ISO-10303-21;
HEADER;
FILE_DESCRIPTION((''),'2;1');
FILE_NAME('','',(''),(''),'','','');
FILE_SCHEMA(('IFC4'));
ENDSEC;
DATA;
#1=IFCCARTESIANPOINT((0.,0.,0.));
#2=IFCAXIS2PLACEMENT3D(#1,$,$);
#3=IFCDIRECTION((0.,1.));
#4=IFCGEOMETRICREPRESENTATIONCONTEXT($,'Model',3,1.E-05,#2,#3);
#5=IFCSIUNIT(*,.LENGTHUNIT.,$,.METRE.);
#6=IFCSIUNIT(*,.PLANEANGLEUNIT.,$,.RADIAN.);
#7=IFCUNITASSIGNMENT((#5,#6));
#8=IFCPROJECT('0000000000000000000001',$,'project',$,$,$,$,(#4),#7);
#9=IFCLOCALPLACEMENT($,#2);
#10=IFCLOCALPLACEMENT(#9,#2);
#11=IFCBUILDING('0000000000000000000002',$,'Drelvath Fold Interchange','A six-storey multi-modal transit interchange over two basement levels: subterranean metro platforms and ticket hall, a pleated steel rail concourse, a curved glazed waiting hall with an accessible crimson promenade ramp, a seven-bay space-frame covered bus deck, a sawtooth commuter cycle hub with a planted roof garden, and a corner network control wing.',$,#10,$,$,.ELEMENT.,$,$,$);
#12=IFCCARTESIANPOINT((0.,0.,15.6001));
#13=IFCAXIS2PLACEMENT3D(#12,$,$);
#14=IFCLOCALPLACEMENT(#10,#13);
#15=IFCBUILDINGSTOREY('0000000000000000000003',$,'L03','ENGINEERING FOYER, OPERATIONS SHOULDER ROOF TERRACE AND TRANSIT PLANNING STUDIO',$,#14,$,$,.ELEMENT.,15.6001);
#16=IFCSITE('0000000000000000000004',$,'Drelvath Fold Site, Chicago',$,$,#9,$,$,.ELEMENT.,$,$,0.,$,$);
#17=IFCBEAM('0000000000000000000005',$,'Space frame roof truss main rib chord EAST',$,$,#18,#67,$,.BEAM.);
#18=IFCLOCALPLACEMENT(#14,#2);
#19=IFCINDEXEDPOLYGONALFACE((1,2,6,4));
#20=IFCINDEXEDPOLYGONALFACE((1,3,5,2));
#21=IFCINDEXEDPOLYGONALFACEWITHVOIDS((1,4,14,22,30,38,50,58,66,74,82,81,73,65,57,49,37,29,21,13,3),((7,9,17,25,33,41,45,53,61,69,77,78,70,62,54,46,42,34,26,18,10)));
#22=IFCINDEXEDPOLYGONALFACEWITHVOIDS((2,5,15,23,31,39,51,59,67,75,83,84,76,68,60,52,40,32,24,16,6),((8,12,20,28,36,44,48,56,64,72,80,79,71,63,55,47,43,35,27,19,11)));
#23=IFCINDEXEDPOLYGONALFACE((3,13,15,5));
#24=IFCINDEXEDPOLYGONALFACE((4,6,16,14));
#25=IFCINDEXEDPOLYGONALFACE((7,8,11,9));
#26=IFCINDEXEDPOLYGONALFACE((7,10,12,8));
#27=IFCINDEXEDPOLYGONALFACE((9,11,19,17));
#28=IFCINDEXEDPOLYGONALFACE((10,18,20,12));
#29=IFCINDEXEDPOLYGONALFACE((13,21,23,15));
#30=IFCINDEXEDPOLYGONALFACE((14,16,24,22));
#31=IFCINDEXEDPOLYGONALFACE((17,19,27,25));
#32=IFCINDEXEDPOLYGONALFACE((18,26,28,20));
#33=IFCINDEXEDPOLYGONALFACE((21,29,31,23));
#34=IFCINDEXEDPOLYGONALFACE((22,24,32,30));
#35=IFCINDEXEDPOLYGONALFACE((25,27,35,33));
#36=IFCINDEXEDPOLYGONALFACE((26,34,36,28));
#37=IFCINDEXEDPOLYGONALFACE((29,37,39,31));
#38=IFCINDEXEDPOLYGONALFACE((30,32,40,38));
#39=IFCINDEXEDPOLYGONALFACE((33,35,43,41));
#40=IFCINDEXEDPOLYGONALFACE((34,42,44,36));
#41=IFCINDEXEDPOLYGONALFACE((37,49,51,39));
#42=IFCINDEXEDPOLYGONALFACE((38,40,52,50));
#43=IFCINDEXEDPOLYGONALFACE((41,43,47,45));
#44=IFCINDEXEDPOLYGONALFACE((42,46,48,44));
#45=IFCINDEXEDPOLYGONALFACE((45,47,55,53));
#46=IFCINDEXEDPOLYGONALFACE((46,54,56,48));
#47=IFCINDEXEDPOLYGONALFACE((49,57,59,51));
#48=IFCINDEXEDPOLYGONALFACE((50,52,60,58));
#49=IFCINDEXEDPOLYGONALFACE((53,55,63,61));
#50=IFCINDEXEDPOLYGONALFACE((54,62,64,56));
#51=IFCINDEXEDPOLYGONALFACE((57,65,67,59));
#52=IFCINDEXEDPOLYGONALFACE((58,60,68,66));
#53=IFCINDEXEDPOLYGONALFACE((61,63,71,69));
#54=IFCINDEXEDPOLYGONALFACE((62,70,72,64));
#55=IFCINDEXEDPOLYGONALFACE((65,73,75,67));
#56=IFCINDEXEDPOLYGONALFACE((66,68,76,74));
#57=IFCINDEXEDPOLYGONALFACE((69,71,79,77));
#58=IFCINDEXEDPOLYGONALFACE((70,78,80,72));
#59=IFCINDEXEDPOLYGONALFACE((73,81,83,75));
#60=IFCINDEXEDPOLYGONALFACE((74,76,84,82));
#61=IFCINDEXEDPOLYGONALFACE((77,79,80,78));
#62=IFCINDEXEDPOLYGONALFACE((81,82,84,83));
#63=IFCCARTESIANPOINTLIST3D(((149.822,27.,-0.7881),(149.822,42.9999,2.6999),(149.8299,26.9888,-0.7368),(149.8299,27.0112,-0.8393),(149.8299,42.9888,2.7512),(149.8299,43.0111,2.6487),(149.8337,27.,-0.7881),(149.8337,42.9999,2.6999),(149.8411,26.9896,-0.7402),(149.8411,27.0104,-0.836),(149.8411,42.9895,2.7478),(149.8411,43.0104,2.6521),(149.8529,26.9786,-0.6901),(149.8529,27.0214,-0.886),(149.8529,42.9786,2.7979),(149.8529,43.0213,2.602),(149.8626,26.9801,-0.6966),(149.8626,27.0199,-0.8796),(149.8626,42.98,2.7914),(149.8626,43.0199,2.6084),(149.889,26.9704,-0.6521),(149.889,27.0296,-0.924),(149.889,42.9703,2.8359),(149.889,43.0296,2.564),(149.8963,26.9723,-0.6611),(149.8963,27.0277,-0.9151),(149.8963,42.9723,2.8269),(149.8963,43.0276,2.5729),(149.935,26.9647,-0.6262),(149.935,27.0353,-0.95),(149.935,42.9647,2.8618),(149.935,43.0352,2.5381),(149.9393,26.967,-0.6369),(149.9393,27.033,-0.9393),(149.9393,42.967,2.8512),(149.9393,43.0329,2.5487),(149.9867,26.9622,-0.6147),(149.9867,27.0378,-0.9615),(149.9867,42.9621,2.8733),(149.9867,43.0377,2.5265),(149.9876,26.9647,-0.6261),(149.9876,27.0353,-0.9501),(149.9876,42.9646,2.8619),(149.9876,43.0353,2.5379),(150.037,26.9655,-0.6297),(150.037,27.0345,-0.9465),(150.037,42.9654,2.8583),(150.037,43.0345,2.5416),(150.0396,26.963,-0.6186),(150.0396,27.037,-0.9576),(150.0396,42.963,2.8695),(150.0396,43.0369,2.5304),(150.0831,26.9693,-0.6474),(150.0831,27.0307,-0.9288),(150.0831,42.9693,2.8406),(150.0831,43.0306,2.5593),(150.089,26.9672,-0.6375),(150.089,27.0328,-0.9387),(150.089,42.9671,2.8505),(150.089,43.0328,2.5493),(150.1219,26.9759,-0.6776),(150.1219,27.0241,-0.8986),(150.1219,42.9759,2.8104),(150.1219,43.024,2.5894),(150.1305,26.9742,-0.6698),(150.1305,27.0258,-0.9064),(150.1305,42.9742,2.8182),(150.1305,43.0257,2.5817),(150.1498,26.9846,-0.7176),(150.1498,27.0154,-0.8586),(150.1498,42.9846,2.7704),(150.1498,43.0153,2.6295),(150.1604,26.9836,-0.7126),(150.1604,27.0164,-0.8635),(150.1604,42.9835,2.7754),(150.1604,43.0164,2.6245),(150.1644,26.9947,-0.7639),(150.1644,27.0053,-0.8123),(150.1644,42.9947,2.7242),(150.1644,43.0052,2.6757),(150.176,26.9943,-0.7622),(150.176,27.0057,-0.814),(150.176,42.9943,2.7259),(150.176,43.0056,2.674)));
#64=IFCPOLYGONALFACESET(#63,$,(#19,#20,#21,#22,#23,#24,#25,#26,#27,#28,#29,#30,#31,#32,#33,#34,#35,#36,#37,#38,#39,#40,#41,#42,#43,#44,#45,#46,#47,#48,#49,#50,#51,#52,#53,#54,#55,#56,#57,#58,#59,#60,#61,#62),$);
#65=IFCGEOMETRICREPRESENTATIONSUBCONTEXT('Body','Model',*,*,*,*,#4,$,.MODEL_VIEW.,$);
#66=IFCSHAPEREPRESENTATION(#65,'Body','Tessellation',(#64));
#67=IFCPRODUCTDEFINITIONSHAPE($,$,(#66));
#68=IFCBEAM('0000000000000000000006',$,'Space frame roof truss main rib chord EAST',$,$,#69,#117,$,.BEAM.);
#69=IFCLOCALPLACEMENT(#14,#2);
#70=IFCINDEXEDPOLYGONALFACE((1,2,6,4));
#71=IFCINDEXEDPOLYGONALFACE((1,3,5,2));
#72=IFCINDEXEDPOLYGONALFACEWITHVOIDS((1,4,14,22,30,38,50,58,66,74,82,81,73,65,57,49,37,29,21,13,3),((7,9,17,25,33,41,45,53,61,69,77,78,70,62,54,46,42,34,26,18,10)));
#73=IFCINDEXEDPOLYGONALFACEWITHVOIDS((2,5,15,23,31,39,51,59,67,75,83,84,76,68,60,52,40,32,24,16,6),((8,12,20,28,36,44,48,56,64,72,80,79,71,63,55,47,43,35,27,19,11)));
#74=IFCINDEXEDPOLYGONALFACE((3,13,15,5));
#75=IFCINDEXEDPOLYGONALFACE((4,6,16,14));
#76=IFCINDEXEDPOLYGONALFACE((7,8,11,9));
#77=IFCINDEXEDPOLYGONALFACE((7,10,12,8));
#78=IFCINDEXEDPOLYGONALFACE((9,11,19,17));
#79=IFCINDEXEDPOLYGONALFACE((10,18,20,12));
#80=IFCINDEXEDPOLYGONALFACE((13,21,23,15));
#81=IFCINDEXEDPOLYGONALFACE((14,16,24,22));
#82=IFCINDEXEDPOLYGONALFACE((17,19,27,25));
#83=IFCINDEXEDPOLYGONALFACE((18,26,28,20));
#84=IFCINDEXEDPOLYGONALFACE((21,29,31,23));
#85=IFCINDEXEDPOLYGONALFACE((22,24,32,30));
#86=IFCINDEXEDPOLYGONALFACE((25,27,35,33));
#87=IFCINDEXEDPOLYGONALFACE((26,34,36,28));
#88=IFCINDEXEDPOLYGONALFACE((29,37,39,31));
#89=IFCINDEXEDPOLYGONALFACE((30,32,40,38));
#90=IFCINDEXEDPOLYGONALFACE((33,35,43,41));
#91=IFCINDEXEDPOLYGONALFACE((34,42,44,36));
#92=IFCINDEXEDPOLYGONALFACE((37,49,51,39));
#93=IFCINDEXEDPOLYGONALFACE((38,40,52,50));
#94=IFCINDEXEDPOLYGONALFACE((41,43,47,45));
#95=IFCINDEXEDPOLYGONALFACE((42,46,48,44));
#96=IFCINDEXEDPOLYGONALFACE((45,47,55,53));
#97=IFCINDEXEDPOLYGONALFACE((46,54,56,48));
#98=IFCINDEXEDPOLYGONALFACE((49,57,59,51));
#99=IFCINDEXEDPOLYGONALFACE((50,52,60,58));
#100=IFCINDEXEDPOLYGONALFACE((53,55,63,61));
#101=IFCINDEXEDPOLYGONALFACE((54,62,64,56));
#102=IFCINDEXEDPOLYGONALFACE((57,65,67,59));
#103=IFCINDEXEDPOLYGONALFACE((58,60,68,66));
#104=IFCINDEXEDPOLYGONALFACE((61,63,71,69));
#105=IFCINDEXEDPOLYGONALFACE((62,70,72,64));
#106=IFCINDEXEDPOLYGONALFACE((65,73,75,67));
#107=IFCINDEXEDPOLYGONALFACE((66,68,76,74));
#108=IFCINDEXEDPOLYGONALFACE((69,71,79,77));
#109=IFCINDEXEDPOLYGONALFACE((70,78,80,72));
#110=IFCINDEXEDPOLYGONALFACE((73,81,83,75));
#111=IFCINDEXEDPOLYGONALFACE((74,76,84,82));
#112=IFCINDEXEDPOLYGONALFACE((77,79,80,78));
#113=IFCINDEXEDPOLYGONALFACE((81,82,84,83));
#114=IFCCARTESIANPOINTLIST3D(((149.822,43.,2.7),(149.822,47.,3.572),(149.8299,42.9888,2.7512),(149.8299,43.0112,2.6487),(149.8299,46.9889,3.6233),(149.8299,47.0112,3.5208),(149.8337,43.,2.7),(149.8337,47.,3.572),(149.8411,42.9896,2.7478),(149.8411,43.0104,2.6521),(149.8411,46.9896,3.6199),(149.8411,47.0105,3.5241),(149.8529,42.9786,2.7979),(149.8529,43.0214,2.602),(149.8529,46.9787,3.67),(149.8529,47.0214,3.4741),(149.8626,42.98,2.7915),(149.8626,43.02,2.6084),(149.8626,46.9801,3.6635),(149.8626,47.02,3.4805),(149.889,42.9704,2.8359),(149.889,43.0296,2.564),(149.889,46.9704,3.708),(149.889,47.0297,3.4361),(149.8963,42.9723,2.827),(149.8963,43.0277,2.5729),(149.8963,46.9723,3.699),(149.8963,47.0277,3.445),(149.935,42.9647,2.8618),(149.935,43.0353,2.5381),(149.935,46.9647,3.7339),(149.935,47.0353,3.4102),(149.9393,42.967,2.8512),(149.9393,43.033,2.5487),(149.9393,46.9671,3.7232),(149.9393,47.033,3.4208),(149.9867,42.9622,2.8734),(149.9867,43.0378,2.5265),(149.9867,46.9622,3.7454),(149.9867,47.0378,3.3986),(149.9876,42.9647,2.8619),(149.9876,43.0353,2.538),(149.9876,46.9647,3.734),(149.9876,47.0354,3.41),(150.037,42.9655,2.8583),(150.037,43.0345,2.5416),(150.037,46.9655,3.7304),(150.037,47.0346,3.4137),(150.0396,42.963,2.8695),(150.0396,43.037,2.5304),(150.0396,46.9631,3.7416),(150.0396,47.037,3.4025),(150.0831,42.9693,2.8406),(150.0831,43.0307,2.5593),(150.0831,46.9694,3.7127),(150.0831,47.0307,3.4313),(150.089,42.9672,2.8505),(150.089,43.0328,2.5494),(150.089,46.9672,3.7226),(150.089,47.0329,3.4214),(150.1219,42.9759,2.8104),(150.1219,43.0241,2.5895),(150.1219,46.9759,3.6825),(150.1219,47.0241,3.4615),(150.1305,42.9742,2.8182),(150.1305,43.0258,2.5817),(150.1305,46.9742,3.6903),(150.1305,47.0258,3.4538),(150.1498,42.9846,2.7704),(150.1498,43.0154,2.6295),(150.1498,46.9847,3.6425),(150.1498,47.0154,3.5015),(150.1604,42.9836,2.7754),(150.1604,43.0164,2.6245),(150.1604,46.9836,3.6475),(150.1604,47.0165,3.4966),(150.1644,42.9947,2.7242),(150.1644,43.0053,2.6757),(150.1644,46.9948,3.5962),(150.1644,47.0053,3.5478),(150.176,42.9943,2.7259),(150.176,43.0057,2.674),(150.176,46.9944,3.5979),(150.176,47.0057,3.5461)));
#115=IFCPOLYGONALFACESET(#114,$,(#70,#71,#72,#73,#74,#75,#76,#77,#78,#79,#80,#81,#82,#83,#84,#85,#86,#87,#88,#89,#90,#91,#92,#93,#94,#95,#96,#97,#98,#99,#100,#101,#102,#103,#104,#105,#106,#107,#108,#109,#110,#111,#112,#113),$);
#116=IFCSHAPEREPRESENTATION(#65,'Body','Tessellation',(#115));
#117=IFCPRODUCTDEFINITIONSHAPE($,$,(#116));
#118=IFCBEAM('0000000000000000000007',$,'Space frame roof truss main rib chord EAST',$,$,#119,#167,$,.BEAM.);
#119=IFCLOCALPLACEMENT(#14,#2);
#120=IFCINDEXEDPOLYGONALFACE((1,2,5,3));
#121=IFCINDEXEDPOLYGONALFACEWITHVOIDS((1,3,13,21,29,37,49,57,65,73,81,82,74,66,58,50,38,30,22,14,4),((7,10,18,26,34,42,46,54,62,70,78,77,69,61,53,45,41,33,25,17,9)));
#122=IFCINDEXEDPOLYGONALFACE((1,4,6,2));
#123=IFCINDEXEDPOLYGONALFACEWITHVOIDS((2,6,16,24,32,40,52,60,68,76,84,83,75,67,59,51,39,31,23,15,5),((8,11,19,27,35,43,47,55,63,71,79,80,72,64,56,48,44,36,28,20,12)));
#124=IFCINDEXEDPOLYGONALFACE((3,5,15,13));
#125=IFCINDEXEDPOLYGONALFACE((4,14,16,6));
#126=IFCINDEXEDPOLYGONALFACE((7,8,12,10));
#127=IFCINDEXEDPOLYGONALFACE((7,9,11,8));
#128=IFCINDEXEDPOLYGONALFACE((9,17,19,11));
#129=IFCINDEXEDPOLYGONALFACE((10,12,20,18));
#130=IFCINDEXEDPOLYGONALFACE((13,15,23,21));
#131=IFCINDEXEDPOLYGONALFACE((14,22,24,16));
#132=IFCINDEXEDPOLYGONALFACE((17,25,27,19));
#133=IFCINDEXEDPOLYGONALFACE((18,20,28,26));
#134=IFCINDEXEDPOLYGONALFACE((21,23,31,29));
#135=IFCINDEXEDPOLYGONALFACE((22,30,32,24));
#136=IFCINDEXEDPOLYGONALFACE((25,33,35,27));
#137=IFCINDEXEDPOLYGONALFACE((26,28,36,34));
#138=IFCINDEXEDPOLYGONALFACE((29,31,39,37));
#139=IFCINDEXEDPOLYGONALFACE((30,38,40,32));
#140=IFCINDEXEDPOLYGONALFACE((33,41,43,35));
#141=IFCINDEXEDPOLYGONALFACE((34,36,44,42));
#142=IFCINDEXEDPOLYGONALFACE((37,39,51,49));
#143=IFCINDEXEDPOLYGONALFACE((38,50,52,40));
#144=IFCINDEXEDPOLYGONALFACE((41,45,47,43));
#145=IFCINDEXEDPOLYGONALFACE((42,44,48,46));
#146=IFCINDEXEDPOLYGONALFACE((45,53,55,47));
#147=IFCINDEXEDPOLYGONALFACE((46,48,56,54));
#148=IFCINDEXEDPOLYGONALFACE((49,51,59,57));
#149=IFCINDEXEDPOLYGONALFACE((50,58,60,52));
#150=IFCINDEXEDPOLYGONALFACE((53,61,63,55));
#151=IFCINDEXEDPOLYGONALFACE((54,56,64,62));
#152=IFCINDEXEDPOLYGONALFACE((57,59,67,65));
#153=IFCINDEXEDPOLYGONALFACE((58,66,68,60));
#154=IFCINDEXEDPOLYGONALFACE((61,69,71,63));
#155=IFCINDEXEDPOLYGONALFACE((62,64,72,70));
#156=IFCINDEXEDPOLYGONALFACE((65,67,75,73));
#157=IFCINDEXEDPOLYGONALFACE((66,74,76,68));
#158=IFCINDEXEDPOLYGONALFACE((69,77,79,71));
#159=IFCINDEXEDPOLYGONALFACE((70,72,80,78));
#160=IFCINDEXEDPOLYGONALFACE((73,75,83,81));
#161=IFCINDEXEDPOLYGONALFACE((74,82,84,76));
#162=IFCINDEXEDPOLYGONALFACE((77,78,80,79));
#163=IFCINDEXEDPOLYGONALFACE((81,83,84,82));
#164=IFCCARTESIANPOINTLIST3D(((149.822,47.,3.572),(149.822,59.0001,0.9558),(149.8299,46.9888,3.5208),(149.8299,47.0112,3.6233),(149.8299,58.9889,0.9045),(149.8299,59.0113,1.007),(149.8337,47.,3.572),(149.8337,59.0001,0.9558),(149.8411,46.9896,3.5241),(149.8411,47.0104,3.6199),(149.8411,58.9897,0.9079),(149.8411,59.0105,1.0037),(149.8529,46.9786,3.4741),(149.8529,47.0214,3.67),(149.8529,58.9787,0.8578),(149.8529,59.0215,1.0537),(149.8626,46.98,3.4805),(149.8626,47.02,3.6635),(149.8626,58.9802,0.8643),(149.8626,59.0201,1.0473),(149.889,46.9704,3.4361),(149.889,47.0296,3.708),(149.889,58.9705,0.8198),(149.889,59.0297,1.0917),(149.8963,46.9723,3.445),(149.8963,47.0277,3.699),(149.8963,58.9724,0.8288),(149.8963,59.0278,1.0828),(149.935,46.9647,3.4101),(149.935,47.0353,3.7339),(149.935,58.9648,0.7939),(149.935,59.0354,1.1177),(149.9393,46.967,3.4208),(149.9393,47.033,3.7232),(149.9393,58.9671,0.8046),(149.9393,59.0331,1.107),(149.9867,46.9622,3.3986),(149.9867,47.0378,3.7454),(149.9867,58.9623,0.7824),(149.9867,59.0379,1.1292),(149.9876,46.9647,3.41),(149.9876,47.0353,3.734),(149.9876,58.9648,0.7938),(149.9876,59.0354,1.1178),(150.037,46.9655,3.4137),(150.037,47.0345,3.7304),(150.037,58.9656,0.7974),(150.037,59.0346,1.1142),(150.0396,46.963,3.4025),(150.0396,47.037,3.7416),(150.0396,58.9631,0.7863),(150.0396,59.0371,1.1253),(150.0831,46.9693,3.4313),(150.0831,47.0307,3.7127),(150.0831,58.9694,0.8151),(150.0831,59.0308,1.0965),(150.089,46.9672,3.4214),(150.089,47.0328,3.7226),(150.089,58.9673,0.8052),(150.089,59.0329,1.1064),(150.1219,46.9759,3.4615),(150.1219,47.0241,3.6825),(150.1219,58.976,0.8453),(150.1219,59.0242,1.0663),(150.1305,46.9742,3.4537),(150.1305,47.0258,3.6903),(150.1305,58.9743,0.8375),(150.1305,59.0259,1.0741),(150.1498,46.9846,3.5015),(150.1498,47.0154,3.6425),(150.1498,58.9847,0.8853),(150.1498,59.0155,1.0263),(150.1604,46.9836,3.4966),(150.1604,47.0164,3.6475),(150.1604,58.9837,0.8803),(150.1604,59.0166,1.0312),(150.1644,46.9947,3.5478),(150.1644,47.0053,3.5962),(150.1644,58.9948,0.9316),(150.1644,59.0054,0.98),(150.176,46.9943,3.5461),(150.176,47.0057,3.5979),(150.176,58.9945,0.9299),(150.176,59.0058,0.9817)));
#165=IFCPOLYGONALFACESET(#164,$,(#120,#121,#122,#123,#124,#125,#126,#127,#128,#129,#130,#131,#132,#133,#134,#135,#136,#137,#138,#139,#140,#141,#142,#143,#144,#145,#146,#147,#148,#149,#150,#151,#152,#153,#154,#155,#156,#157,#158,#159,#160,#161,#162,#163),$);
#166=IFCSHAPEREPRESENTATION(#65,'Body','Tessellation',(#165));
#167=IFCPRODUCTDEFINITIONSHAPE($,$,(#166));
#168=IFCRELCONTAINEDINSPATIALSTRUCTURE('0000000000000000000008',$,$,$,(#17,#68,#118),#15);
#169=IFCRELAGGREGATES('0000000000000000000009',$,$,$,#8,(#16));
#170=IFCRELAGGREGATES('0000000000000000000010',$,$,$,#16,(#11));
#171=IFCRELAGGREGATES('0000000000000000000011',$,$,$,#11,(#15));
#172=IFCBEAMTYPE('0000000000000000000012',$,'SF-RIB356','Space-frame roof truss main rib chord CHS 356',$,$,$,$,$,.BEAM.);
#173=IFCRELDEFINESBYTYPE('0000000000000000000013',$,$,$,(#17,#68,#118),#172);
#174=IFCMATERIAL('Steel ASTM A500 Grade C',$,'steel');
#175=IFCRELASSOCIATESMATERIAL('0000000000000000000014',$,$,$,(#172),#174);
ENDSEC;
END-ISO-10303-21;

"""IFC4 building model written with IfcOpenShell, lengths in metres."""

from ifc_helpers import new_model, si_unit, direction, frame, origin, origin_2d, place, context, subcontext, project, spatial, hollow_circle, extrude, material, material_profile, profile_set, type_object, element, save


model = new_model("IFC4")

# Units and contexts
model_context = context("Model", 3, precision=1e-05, world=origin(), true_north=direction((0.0, 1.0)))
body_context = subcontext(model_context, "Body", "Model", "MODEL_VIEW")
ifc_project = project(units=[si_unit("LENGTHUNIT", "METRE"), si_unit("PLANEANGLEUNIT", "RADIAN")], contexts=[model_context])

# Site, building, storey
site_placement = place(None, origin())
site = spatial("IfcSite", under=ifc_project, at=site_placement, Name="Drelvath Fold Site, Chicago", CompositionType="ELEMENT", RefElevation=0.0)
building_placement = place(site_placement, origin())
building = spatial("IfcBuilding", under=site, at=building_placement, Name="Drelvath Fold Interchange", Description="A six-storey multi-modal transit interchange over two basement levels: subterranean metro platforms and ticket hall, a pleated steel rail concourse, a curved glazed waiting hall with an accessible crimson promenade ramp, a seven-bay space-frame covered bus deck, a sawtooth commuter cycle hub with a planted roof garden, and a corner network control wing.", CompositionType="ELEMENT")
storey_placement = place(building_placement, frame((0.0, 0.0, 15.6001)))
storey = spatial("IfcBuildingStorey", under=building, at=storey_placement, Name="L03", Description="ENGINEERING FOYER, OPERATIONS SHOULDER ROOF TERRACE AND TRANSIT PLANNING STUDIO", CompositionType="ELEMENT", Elevation=15.6001)

# Shared definitions
ifc_material_1 = material(Name="Steel ASTM A500 Grade C", Category="steel")

# Beams
ifc_material_profile_1 = material_profile(ifc_material_1, hollow_circle(Radius=0.178, WallThickness=0.0117, at=origin_2d()), Name="HSS14.000X0.500")
ifc_profile_set_1 = profile_set([ifc_material_profile_1], Name="Steel ASTM A500 Grade C")
beam_type_1 = type_object("IfcBeamType", Name="SF-RIB356", Description="Space-frame roof truss main rib chord CHS 356", PredefinedType="BEAM", material=ifc_profile_set_1)
beam_1_placement = place(storey_placement, frame((150.0, 27.0, -0.7881), z_axis=(0.0, 0.977052, 0.213), x_axis=(-1.0, 0.0, 0.0)))
element("IfcBeam", 1, at=beam_1_placement, inside=storey, type_object=beam_type_1, Name="Space frame roof truss main rib chord EAST", PredefinedType="BEAM", context=body_context, shape_type="SweptSolid", body=[
    extrude(hollow_circle(Radius=0.178, WallThickness=0.0117, at=origin_2d()), origin(), (0.0, 0.0, 1.0), 16.3757),
])
beam_2_placement = place(storey_placement, frame((150.0, 43.0, 2.7), z_axis=(0.0, 0.977049, 0.213014), x_axis=(-1.0, 0.0, 0.0)))
element("IfcBeam", 2, at=beam_2_placement, inside=storey, type_object=beam_type_1, Name="Space frame roof truss main rib chord EAST", PredefinedType="BEAM", context=body_context, shape_type="SweptSolid", body=[
    extrude(hollow_circle(Radius=0.178, WallThickness=0.0117, at=origin_2d()), origin(), (0.0, 0.0, 1.0), 4.094),
])
beam_3_placement = place(storey_placement, frame((150.0, 47.0, 3.572), z_axis=(0.0, 0.977049, -0.213014), x_axis=(-1.0, 0.0, 0.0)))
element("IfcBeam", 3, at=beam_3_placement, inside=storey, type_object=beam_type_1, Name="Space frame roof truss main rib chord EAST", PredefinedType="BEAM", context=body_context, shape_type="SweptSolid", body=[
    extrude(hollow_circle(Radius=0.178, WallThickness=0.0117, at=origin_2d()), origin(), (0.0, 0.0, 1.0), 12.282),
])

save(model, "model.ifc")
